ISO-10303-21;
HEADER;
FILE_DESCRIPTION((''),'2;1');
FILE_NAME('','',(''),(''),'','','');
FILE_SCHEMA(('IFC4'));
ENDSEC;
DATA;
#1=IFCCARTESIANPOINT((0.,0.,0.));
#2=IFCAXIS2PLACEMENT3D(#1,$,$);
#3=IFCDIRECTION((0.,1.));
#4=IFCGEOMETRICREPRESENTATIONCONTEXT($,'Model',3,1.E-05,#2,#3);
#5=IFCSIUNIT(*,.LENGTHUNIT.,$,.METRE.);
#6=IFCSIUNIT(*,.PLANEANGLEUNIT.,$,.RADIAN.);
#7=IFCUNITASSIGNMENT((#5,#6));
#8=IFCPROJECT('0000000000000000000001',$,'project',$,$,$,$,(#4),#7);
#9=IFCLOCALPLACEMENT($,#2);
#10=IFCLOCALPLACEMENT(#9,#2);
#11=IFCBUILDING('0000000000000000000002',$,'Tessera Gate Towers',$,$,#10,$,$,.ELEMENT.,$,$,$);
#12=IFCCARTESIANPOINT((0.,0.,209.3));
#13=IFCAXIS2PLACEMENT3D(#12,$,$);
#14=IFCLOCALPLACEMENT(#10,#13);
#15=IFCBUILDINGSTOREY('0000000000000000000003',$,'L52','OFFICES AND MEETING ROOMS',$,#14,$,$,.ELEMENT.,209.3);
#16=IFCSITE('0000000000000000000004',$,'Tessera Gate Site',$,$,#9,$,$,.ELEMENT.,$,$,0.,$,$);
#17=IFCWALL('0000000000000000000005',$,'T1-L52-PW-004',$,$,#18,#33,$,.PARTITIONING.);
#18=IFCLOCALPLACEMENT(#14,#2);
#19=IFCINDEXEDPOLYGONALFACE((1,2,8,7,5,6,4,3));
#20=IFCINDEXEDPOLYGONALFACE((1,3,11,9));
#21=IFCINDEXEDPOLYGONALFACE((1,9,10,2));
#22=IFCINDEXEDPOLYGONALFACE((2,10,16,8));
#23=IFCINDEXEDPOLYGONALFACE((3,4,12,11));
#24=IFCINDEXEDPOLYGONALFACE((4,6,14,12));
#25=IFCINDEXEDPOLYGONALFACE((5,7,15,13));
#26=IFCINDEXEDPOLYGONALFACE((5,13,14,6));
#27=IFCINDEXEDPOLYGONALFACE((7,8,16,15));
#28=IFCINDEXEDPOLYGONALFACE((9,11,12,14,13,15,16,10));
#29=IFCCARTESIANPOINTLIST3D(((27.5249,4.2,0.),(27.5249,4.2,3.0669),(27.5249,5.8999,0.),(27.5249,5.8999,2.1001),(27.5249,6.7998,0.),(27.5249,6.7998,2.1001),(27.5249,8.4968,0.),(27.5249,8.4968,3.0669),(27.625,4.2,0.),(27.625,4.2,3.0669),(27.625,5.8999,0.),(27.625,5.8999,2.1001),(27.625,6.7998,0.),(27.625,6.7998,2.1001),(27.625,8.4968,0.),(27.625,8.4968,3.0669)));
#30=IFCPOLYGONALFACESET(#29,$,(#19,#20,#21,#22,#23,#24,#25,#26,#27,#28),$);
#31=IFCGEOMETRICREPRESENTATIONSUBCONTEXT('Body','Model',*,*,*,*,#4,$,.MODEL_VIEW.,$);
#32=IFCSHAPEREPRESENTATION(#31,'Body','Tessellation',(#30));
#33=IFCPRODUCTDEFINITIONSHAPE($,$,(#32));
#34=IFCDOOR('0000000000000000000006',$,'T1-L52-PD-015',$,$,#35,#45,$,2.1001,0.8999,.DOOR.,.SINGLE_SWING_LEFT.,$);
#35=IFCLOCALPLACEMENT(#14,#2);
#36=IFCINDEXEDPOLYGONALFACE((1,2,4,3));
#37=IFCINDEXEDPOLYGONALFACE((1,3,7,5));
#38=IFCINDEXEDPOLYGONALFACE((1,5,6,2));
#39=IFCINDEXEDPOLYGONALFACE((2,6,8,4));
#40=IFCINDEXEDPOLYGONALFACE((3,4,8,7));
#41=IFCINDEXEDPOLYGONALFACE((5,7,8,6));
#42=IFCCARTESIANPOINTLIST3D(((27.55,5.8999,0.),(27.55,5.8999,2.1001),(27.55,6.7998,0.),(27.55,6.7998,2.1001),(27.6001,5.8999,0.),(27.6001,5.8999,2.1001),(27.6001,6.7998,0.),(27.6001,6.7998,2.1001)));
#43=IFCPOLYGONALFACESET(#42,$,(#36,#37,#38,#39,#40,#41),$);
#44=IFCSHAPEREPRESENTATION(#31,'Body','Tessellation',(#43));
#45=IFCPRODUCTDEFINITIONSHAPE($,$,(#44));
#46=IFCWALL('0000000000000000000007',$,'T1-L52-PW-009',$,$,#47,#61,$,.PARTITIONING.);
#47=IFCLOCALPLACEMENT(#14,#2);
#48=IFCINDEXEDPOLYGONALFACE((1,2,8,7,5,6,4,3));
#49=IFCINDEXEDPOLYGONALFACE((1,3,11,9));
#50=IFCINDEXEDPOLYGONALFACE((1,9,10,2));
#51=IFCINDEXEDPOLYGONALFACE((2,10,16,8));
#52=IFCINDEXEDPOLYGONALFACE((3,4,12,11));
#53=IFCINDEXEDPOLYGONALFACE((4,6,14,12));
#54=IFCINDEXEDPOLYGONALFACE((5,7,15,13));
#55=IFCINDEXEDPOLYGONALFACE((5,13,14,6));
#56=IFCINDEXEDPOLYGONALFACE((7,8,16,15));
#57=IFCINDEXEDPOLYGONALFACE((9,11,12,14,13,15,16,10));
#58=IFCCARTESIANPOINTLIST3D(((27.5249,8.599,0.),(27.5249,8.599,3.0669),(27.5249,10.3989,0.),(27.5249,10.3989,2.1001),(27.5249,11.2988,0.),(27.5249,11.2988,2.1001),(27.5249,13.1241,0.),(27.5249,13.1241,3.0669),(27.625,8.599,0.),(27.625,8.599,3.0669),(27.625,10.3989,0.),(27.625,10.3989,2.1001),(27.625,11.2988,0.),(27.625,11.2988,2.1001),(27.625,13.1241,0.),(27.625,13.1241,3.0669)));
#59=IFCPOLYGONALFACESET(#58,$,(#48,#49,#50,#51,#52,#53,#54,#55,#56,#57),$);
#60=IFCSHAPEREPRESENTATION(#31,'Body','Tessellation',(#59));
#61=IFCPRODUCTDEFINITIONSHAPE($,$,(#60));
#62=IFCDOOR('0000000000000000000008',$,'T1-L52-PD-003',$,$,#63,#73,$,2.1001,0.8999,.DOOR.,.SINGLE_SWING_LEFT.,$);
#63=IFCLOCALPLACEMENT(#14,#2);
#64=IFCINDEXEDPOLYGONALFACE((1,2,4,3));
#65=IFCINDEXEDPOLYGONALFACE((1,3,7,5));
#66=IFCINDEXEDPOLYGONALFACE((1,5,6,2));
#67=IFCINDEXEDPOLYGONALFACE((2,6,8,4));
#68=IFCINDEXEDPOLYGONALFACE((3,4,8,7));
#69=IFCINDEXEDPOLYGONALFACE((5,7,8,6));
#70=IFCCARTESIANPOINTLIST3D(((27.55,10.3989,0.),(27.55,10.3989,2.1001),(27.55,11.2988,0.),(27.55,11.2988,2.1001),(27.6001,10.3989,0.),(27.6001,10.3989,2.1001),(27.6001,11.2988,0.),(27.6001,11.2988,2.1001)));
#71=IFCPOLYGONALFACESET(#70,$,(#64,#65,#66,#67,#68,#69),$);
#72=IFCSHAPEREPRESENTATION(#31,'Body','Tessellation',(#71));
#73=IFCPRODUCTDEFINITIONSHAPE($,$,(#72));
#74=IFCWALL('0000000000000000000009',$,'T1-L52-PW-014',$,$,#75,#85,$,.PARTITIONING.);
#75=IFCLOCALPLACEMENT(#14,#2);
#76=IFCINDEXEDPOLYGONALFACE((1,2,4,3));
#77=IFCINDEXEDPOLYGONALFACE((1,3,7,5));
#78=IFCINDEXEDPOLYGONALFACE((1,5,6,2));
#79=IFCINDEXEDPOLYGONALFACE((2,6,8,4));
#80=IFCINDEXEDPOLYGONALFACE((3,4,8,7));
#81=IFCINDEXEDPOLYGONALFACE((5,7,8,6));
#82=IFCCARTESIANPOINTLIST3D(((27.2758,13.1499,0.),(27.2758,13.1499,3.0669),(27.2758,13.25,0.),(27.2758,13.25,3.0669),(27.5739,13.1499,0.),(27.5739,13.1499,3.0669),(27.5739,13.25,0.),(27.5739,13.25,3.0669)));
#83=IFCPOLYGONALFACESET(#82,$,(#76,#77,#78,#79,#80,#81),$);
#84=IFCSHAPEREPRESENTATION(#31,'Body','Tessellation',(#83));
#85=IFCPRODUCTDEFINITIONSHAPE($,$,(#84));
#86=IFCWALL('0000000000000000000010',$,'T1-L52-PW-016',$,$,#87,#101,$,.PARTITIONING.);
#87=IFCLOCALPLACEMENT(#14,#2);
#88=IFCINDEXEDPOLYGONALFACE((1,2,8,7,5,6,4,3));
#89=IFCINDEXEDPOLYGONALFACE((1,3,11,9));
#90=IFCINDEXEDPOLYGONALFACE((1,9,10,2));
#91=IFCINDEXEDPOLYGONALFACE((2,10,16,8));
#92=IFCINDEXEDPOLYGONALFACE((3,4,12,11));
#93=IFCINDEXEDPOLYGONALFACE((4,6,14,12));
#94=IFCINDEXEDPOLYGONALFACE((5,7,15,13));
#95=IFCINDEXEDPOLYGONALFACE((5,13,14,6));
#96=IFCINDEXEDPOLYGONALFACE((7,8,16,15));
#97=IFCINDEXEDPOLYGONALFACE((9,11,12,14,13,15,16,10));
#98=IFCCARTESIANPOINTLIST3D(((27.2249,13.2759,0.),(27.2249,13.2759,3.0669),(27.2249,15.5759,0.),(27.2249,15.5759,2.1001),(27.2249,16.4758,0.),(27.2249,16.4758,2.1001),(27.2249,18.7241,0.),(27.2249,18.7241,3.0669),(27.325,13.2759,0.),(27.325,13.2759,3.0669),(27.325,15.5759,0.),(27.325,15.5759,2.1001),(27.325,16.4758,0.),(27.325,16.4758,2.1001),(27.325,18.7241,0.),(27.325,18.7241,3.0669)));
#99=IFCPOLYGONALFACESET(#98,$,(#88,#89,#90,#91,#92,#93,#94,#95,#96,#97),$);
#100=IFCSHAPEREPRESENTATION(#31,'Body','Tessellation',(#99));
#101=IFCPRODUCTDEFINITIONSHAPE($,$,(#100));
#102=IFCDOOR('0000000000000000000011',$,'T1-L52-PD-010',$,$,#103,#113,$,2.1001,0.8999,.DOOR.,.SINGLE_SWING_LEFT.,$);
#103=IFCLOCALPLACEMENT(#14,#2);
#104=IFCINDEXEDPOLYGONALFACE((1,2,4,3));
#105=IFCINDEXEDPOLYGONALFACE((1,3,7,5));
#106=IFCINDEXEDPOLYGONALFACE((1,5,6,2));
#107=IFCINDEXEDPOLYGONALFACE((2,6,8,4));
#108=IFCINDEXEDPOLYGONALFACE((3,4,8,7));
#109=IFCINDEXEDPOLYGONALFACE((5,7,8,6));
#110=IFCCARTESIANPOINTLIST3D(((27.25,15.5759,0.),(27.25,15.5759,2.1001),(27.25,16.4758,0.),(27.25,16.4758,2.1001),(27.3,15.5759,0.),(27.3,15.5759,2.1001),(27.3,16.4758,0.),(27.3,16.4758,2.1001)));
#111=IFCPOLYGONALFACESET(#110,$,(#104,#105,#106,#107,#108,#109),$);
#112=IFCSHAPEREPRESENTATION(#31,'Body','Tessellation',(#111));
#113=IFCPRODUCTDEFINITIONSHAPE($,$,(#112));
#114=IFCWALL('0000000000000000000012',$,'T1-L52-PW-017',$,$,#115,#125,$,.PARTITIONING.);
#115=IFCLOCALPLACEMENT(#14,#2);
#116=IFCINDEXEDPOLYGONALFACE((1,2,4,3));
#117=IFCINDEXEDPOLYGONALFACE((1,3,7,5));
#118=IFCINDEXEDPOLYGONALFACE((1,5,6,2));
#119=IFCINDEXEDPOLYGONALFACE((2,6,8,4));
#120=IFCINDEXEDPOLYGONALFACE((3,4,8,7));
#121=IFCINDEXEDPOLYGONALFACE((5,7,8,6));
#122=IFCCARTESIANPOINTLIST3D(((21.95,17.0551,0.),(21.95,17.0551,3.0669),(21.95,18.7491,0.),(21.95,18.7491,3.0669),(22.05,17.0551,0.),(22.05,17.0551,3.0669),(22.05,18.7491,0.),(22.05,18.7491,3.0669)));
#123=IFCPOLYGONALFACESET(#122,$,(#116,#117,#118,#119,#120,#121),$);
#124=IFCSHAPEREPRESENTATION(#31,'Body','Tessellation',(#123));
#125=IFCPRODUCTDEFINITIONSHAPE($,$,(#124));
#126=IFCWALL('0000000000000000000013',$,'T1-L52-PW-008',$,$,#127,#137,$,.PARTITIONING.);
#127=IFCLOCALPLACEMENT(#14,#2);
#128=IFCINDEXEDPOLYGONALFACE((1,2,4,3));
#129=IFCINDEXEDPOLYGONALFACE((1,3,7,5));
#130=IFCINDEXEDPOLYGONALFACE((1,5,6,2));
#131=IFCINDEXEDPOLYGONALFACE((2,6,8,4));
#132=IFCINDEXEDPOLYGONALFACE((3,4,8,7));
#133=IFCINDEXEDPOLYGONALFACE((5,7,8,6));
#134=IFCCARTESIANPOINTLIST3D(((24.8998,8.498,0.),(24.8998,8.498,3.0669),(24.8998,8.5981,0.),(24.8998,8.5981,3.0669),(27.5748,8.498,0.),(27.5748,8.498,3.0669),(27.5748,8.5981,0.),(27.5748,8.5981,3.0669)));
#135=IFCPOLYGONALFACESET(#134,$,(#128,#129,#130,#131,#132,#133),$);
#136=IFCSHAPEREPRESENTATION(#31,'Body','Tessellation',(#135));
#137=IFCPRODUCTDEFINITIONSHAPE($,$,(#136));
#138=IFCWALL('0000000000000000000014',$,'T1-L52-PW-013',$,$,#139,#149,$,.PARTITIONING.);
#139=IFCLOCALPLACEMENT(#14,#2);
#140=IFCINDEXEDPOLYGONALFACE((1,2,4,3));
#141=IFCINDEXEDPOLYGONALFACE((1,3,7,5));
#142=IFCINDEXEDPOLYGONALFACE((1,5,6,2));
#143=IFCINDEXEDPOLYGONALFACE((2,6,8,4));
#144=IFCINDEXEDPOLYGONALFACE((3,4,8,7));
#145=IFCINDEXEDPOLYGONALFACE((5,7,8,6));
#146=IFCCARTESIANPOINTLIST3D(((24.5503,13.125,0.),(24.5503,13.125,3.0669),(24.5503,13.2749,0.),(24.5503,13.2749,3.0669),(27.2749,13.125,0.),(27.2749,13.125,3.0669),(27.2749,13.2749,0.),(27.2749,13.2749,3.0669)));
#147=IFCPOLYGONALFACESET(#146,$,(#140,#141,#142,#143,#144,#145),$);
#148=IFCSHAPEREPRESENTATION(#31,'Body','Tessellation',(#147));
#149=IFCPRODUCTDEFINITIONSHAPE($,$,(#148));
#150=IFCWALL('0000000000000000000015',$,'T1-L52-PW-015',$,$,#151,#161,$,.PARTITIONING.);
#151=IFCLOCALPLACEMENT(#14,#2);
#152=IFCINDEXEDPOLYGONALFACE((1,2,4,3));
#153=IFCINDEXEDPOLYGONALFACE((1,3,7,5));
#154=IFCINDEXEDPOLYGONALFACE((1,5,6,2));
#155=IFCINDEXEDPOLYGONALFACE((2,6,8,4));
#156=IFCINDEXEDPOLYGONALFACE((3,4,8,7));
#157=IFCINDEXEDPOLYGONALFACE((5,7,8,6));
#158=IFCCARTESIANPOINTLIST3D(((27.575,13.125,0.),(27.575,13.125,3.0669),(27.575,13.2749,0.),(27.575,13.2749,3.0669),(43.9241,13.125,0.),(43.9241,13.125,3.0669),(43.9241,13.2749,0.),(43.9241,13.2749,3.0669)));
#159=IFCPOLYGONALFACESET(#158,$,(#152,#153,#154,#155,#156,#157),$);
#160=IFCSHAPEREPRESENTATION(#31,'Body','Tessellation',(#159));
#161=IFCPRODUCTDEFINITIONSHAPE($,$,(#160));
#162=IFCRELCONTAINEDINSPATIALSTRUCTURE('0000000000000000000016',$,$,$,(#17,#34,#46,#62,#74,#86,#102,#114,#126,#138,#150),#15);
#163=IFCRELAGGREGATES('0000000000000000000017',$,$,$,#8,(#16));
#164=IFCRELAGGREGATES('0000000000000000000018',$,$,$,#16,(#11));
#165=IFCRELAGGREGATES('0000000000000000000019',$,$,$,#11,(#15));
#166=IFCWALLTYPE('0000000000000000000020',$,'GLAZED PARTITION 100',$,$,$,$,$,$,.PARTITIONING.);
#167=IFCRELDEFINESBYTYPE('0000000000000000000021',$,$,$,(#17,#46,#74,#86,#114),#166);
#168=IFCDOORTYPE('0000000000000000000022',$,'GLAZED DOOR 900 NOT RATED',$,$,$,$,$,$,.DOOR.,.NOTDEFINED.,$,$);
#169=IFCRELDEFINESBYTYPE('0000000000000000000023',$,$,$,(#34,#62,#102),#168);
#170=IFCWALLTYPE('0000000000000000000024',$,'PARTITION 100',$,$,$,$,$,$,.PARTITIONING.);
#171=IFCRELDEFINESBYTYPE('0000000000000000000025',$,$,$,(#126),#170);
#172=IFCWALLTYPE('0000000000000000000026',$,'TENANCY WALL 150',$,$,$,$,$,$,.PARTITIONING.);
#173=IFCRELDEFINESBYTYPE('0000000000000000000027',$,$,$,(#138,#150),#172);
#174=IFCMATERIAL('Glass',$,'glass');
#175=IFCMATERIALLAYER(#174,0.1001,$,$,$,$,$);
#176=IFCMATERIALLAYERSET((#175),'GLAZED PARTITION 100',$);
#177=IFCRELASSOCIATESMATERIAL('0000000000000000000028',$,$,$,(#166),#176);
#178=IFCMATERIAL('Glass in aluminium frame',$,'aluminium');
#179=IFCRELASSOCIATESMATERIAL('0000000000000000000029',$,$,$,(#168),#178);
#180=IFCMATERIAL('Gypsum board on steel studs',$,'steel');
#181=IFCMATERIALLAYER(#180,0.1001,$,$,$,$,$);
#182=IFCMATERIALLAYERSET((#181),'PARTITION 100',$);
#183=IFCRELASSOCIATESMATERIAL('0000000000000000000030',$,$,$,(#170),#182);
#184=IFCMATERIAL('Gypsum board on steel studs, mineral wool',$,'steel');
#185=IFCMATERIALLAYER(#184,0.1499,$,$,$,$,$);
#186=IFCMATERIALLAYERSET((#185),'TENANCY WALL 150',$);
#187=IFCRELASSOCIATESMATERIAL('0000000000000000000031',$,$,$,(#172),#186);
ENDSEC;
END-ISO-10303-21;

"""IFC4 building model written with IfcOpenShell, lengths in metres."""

from ifc_helpers import new_model, si_unit, direction, frame, frame_2d, origin, place, context, subcontext, project, spatial, rectangle, extrude, source, transform, mapped, material, layer, layer_set, type_object, element, fill, save


model = new_model("IFC4")

# Units and contexts
model_context = context("Model", 3, precision=1e-05, world=origin(), true_north=direction((0.0, 1.0)))
body_context = subcontext(model_context, "Body", "Model", "MODEL_VIEW")
ifc_project = project(units=[si_unit("LENGTHUNIT", "METRE"), si_unit("PLANEANGLEUNIT", "RADIAN")], contexts=[model_context])

# Site, building, storey
site_placement = place(None, origin())
site = spatial("IfcSite", under=ifc_project, at=site_placement, Name="Tessera Gate Site", CompositionType="ELEMENT", RefElevation=0.0)
building_placement = place(site_placement, origin())
building = spatial("IfcBuilding", under=site, at=building_placement, Name="Tessera Gate Towers", CompositionType="ELEMENT")
storey_placement = place(building_placement, frame((0.0, 0.0, 209.3)))
storey = spatial("IfcBuildingStorey", under=building, at=storey_placement, Name="L52", Description="OFFICES AND MEETING ROOMS", CompositionType="ELEMENT", Elevation=209.3)

# Shared definitions
ifc_material_1 = material(Name="Glass", Category="glass")
ifc_layer_1 = layer(ifc_material_1, 0.1001)
ifc_layer_set_1 = layer_set([ifc_layer_1], Name="GLAZED PARTITION 100")
wall_type_1 = type_object("IfcWallType", Name="GLAZED PARTITION 100", PredefinedType="PARTITIONING", material=ifc_layer_set_1)

# Walls, openings, doors
wall_1_placement = place(storey_placement, frame((27.575, 4.2, 0.0), z_axis=(0.0, 0.0, 1.0), x_axis=(0.0, 1.0, 0.0)))
wall_1 = element("IfcWall", 1, at=wall_1_placement, inside=storey, type_object=wall_type_1, Name="T1-L52-PW-004", PredefinedType="PARTITIONING", context=body_context, shape_type="SweptSolid", body=[
    extrude(rectangle(XDim=4.2969, YDim=0.1001, at=frame_2d((2.1484, 0.0))), origin(), (0.0, 0.0, 1.0), 3.0669),
])
shared_shape_1 = source(origin(), body_context, "Body", "SweptSolid", [
    extrude(rectangle(XDim=0.8999, YDim=2.1001, at=frame_2d((0.45, 1.05))), frame((0.0, 0.0601, 0.0), z_axis=(0.0, -1.0, 0.0), x_axis=(1.0, 0.0, 0.0)), (0.0, 0.0, 1.0), 0.1201),
])
opening_1_placement = place(wall_1_placement, frame((1.7, 0.0, 0.0)))
opening_1 = element("IfcOpeningElement", 2, at=opening_1_placement, cuts=wall_1, PredefinedType="OPENING", context=body_context, shape_type="MappedRepresentation", body=[
    mapped(shared_shape_1, transform((0.0, 0.0, 0.0), scale=1.0)),
])
ifc_material_2 = material(Name="Glass in aluminium frame", Category="aluminium")
door_type = type_object("IfcDoorType", Name="GLAZED DOOR 900 NOT RATED", OperationType="NOTDEFINED", PredefinedType="DOOR", material=ifc_material_2)
shared_shape_2 = source(origin(), body_context, "Body", "SweptSolid", [
    extrude(rectangle(XDim=0.8999, YDim=2.1001, at=frame_2d((0.45, 1.05))), frame((0.0, 0.0249, 0.0), z_axis=(0.0, -1.0, 0.0), x_axis=(1.0, 0.0, 0.0)), (0.0, 0.0, 1.0), 0.05),
])
door_1_placement = place(opening_1_placement, origin())
door_1 = element("IfcDoor", 3, at=door_1_placement, inside=storey, type_object=door_type, Name="T1-L52-PD-015", OperationType="SINGLE_SWING_LEFT", OverallHeight=2.1001, OverallWidth=0.8999, PredefinedType="DOOR", context=body_context, shape_type="MappedRepresentation", body=[
    mapped(shared_shape_2, transform((0.0, 0.0, 0.0), scale=1.0)),
])
fill(opening_1, door_1)
wall_2_placement = place(storey_placement, frame((27.575, 8.5989, 0.0), z_axis=(0.0, 0.0, 1.0), x_axis=(0.0, 1.0, 0.0)))
wall_2 = element("IfcWall", 4, at=wall_2_placement, inside=storey, type_object=wall_type_1, Name="T1-L52-PW-009", PredefinedType="PARTITIONING", context=body_context, shape_type="SweptSolid", body=[
    extrude(rectangle(XDim=4.5251, YDim=0.1001, at=frame_2d((2.2627, 0.0))), origin(), (0.0, 0.0, 1.0), 3.0669),
])
opening_2_placement = place(wall_2_placement, frame((1.8, 0.0, 0.0)))
opening_2 = element("IfcOpeningElement", 5, at=opening_2_placement, cuts=wall_2, PredefinedType="OPENING", context=body_context, shape_type="MappedRepresentation", body=[
    mapped(shared_shape_1, transform((0.0, 0.0, 0.0), scale=1.0)),
])
door_2_placement = place(opening_2_placement, origin())
door_2 = element("IfcDoor", 6, at=door_2_placement, inside=storey, type_object=door_type, Name="T1-L52-PD-003", OperationType="SINGLE_SWING_LEFT", OverallHeight=2.1001, OverallWidth=0.8999, PredefinedType="DOOR", context=body_context, shape_type="MappedRepresentation", body=[
    mapped(shared_shape_2, transform((0.0, 0.0, 0.0), scale=1.0)),
])
fill(opening_2, door_2)

# Wall
wall_3_placement = place(storey_placement, frame((27.2759, 13.2, 0.0), z_axis=(0.0, 0.0, 1.0), x_axis=(1.0, 0.0, 0.0)))
element("IfcWall", 7, at=wall_3_placement, inside=storey, type_object=wall_type_1, Name="T1-L52-PW-014", PredefinedType="PARTITIONING", context=body_context, shape_type="SweptSolid", body=[
    extrude(rectangle(XDim=0.2981, YDim=0.1001, at=frame_2d((0.1489, 0.0))), origin(), (0.0, 0.0, 1.0), 3.0669),
])

# Wall, opening, door
wall_4_placement = place(storey_placement, frame((27.2749, 13.2759, 0.0), z_axis=(0.0, 0.0, 1.0), x_axis=(0.0, 1.0, 0.0)))
wall_4 = element("IfcWall", 8, at=wall_4_placement, inside=storey, type_object=wall_type_1, Name="T1-L52-PW-016", PredefinedType="PARTITIONING", context=body_context, shape_type="SweptSolid", body=[
    extrude(rectangle(XDim=5.4482, YDim=0.1001, at=frame_2d((2.7241, 0.0))), origin(), (0.0, 0.0, 1.0), 3.0669),
])
opening_3_placement = place(wall_4_placement, frame((2.3, 0.0, 0.0)))
opening_3 = element("IfcOpeningElement", 9, at=opening_3_placement, cuts=wall_4, PredefinedType="OPENING", context=body_context, shape_type="MappedRepresentation", body=[
    mapped(shared_shape_1, transform((0.0, 0.0, 0.0), scale=1.0)),
])
door_3_placement = place(opening_3_placement, origin())
door_3 = element("IfcDoor", 10, at=door_3_placement, inside=storey, type_object=door_type, Name="T1-L52-PD-010", OperationType="SINGLE_SWING_LEFT", OverallHeight=2.1001, OverallWidth=0.8999, PredefinedType="DOOR", context=body_context, shape_type="MappedRepresentation", body=[
    mapped(shared_shape_2, transform((0.0, 0.0, 0.0), scale=1.0)),
])
fill(opening_3, door_3)

# Walls
wall_5_placement = place(storey_placement, frame((22.0, 17.0549, 0.0), z_axis=(0.0, 0.0, 1.0), x_axis=(0.0, 1.0, 0.0)))
element("IfcWall", 11, at=wall_5_placement, inside=storey, type_object=wall_type_1, Name="T1-L52-PW-017", PredefinedType="PARTITIONING", context=body_context, shape_type="SweptSolid", body=[
    extrude(rectangle(XDim=1.6941, YDim=0.1001, at=frame_2d((0.8472, 0.0))), origin(), (0.0, 0.0, 1.0), 3.0669),
])
ifc_material_3 = material(Name="Gypsum board on steel studs", Category="steel")
ifc_layer_2 = layer(ifc_material_3, 0.1001)
ifc_layer_set_2 = layer_set([ifc_layer_2], Name="PARTITION 100")
wall_type_2 = type_object("IfcWallType", Name="PARTITION 100", PredefinedType="PARTITIONING", material=ifc_layer_set_2)
wall_6_placement = place(storey_placement, frame((24.8999, 8.5481, 0.0), z_axis=(0.0, 0.0, 1.0), x_axis=(1.0, 0.0, 0.0)))
element("IfcWall", 12, at=wall_6_placement, inside=storey, type_object=wall_type_2, Name="T1-L52-PW-008", PredefinedType="PARTITIONING", context=body_context, shape_type="SweptSolid", body=[
    extrude(rectangle(XDim=2.675, YDim=0.1001, at=frame_2d((1.3374, 0.0))), origin(), (0.0, 0.0, 1.0), 3.0669),
])
ifc_material_4 = material(Name="Gypsum board on steel studs, mineral wool", Category="steel")
ifc_layer_3 = layer(ifc_material_4, 0.1499)
ifc_layer_set_3 = layer_set([ifc_layer_3], Name="TENANCY WALL 150")
wall_type_3 = type_object("IfcWallType", Name="TENANCY WALL 150", PredefinedType="PARTITIONING", material=ifc_layer_set_3)
wall_7_placement = place(storey_placement, frame((24.5503, 13.2, 0.0), z_axis=(0.0, 0.0, 1.0), x_axis=(1.0, 0.0, 0.0)))
element("IfcWall", 13, at=wall_7_placement, inside=storey, type_object=wall_type_3, Name="T1-L52-PW-013", PredefinedType="PARTITIONING", context=body_context, shape_type="SweptSolid", body=[
    extrude(rectangle(XDim=2.7246, YDim=0.1499, at=frame_2d((1.3623, 0.0))), origin(), (0.0, 0.0, 1.0), 3.0669),
])
wall_8_placement = place(storey_placement, frame((27.575, 13.2, 0.0), z_axis=(0.0, 0.0, 1.0), x_axis=(1.0, 0.0, 0.0)))
element("IfcWall", 14, at=wall_8_placement, inside=storey, type_object=wall_type_3, Name="T1-L52-PW-015", PredefinedType="PARTITIONING", context=body_context, shape_type="SweptSolid", body=[
    extrude(rectangle(XDim=16.3491, YDim=0.1499, at=frame_2d((8.1746, 0.0))), origin(), (0.0, 0.0, 1.0), 3.0669),
])

save(model, "model.ifc")
